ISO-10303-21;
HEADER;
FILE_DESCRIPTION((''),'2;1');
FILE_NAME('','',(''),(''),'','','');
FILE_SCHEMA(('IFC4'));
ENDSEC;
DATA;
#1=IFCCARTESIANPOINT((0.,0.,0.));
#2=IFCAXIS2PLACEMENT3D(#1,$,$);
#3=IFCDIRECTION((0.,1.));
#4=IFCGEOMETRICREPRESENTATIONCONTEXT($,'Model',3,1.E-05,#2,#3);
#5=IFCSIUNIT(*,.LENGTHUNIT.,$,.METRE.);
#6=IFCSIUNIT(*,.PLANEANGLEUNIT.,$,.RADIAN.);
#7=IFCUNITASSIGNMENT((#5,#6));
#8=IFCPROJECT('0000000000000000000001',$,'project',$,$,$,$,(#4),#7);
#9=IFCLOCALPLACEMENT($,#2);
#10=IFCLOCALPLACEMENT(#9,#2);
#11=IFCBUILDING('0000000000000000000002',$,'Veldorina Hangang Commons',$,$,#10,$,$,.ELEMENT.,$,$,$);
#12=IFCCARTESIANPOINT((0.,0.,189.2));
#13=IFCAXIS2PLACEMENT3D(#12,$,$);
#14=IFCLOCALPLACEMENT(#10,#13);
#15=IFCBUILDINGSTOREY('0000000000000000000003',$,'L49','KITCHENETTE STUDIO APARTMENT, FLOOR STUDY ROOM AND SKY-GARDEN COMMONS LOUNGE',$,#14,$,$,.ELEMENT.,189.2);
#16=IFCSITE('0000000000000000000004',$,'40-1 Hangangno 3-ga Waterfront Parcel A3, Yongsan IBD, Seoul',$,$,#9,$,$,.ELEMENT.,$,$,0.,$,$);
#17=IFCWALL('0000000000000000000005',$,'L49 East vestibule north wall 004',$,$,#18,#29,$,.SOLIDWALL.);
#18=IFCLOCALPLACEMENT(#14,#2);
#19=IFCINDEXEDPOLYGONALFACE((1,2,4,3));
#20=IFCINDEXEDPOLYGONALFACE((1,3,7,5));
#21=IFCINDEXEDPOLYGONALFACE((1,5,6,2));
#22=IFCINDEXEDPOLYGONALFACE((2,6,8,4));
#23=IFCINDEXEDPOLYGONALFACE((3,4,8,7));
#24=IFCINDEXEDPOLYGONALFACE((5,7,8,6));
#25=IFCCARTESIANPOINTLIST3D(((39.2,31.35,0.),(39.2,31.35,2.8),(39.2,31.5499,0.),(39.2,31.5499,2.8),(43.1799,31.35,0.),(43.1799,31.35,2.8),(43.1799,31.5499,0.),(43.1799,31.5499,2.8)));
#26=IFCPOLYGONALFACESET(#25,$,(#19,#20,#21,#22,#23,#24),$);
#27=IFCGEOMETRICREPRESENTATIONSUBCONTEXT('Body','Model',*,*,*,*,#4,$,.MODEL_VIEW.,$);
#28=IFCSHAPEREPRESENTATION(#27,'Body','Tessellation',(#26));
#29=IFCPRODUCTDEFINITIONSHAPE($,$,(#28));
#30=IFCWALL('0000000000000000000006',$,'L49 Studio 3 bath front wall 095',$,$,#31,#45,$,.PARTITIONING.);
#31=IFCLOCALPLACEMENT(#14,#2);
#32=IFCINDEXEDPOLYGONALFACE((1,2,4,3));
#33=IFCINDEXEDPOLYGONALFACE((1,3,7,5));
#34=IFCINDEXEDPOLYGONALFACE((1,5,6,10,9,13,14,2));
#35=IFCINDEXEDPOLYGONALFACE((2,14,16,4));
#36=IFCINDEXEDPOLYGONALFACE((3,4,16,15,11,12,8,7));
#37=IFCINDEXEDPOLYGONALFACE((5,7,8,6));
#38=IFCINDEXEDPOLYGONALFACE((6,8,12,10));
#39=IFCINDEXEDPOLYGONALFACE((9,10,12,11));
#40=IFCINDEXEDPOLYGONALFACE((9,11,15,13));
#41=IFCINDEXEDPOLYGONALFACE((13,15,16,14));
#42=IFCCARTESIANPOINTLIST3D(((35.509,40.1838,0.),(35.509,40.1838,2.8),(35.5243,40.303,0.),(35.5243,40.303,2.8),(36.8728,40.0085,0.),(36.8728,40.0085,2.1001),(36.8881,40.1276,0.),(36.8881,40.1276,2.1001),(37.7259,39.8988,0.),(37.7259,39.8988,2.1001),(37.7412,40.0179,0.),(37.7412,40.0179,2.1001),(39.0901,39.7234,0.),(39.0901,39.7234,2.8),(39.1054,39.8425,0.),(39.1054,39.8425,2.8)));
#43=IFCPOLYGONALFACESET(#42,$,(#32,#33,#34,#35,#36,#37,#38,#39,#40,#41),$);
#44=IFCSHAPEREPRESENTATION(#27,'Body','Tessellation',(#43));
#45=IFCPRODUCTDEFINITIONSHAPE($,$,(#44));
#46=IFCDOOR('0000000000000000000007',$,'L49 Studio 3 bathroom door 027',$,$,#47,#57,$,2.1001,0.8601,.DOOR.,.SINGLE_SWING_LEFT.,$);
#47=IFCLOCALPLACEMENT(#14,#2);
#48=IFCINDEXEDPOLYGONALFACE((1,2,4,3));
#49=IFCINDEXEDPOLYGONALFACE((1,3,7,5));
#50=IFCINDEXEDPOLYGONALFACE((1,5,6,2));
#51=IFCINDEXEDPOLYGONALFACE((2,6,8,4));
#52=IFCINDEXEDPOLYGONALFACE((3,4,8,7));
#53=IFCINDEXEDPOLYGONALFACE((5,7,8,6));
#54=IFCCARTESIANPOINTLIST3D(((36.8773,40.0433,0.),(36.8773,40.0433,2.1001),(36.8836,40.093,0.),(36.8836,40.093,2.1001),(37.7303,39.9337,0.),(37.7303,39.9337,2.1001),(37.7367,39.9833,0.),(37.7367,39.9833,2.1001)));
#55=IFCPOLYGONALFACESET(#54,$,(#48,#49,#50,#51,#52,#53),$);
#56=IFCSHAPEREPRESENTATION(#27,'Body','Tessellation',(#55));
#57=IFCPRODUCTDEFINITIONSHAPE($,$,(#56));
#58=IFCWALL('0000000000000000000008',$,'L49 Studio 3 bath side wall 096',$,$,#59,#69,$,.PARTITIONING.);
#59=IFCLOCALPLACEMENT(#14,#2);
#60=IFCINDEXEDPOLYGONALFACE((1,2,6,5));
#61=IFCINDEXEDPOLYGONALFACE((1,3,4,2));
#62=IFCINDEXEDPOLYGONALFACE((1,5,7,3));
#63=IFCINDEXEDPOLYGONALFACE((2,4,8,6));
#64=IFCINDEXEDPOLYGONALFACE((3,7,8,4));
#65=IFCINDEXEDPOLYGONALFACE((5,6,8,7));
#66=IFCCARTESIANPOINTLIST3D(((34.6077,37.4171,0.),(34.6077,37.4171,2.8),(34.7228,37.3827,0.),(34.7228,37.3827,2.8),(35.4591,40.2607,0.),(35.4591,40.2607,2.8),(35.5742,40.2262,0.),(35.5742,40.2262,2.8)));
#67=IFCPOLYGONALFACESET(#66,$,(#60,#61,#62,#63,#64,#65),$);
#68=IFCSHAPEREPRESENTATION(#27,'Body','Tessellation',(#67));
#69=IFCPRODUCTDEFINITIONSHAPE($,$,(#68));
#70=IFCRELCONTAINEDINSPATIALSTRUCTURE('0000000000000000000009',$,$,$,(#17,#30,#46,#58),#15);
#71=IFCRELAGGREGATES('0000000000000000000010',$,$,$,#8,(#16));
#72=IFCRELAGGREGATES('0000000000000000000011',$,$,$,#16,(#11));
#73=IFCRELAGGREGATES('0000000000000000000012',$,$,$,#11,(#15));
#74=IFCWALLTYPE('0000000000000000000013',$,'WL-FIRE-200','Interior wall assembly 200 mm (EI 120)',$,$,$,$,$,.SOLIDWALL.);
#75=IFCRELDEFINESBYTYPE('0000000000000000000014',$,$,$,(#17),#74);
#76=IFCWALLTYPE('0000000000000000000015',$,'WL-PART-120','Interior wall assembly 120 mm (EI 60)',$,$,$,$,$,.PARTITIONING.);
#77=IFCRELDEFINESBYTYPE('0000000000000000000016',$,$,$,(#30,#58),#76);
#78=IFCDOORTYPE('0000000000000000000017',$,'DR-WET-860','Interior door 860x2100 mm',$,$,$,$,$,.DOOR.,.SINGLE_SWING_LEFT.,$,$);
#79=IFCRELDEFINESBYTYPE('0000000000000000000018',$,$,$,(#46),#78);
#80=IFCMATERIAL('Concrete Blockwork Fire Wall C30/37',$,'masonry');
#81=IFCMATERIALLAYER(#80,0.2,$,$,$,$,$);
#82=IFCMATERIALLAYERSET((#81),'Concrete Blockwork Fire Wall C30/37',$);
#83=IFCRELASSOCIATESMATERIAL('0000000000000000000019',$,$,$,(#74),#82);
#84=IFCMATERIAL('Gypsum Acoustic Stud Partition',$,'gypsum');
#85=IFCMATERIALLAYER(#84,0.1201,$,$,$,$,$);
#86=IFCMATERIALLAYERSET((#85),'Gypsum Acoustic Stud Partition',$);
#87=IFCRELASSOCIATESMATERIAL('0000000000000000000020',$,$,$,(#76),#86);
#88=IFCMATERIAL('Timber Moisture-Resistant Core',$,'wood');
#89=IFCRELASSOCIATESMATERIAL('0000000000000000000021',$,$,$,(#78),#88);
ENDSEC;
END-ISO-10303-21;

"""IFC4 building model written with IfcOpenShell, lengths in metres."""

from ifc_helpers import new_model, si_unit, direction, frame, frame_2d, origin, place, context, subcontext, project, spatial, rectangle, extrude, material, layer, layer_set, type_object, element, fill, save


model = new_model("IFC4")

# Units and contexts
model_context = context("Model", 3, precision=1e-05, world=origin(), true_north=direction((0.0, 1.0)))
body_context = subcontext(model_context, "Body", "Model", "MODEL_VIEW")
ifc_project = project(units=[si_unit("LENGTHUNIT", "METRE"), si_unit("PLANEANGLEUNIT", "RADIAN")], contexts=[model_context])

# Site, building, storey
site_placement = place(None, origin())
site = spatial("IfcSite", under=ifc_project, at=site_placement, Name="40-1 Hangangno 3-ga Waterfront Parcel A3, Yongsan IBD, Seoul", CompositionType="ELEMENT", RefElevation=0.0)
building_placement = place(site_placement, origin())
building = spatial("IfcBuilding", under=site, at=building_placement, Name="Veldorina Hangang Commons", CompositionType="ELEMENT")
storey_placement = place(building_placement, frame((0.0, 0.0, 189.2)))
storey = spatial("IfcBuildingStorey", under=building, at=storey_placement, Name="L49", Description="KITCHENETTE STUDIO APARTMENT, FLOOR STUDY ROOM AND SKY-GARDEN COMMONS LOUNGE", CompositionType="ELEMENT", Elevation=189.2)

# Wall
ifc_material_1 = material(Name="Concrete Blockwork Fire Wall C30/37", Category="masonry")
ifc_layer_1 = layer(ifc_material_1, 0.2)
ifc_layer_set_1 = layer_set([ifc_layer_1], Name="Concrete Blockwork Fire Wall C30/37")
wall_type_1 = type_object("IfcWallType", Name="WL-FIRE-200", Description="Interior wall assembly 200 mm (EI 120)", PredefinedType="SOLIDWALL", material=ifc_layer_set_1)
wall_1_placement = place(storey_placement, frame((39.2, 31.45, 0.0), z_axis=(0.0, 0.0, 1.0), x_axis=(1.0, 0.0, 0.0)))
element("IfcWall", 1, at=wall_1_placement, inside=storey, type_object=wall_type_1, Name="L49 East vestibule north wall 004", PredefinedType="SOLIDWALL", context=body_context, shape_type="SweptSolid", body=[
    extrude(rectangle(XDim=3.98, YDim=0.2, at=frame_2d((1.99, 0.0))), origin(), (0.0, 0.0, 1.0), 2.8),
])

# Wall, opening, door
ifc_material_2 = material(Name="Gypsum Acoustic Stud Partition", Category="gypsum")
ifc_layer_2 = layer(ifc_material_2, 0.1201)
ifc_layer_set_2 = layer_set([ifc_layer_2], Name="Gypsum Acoustic Stud Partition")
wall_type_2 = type_object("IfcWallType", Name="WL-PART-120", Description="Interior wall assembly 120 mm (EI 60)", PredefinedType="PARTITIONING", material=ifc_layer_set_2)
wall_2_placement = place(storey_placement, frame((39.0977, 39.783, 0.0), z_axis=(0.0, 0.0, 1.0), x_axis=(-0.991835, 0.127529, 0.0)))
wall_2 = element("IfcWall", 2, at=wall_2_placement, inside=storey, type_object=wall_type_2, Name="L49 Studio 3 bath front wall 095", PredefinedType="PARTITIONING", context=body_context, shape_type="SweptSolid", body=[
    extrude(rectangle(XDim=3.6106, YDim=0.1201, at=frame_2d((1.8052, 0.0))), origin(), (0.0, 0.0, 1.0), 2.8),
])
opening_1_placement = place(wall_2_placement, frame((1.3752, 0.0, 0.0)))
opening_1 = element("IfcOpeningElement", 3, at=opening_1_placement, cuts=wall_2, PredefinedType="OPENING", context=body_context, shape_type="SweptSolid", body=[
    extrude(rectangle(XDim=0.8601, YDim=2.1001, at=frame_2d((0.4302, 1.05))), frame((0.0, 0.0701, 0.0), z_axis=(0.0, -1.0, 0.0), x_axis=(1.0, 0.0, 0.0)), (0.0, 0.0, 1.0), 0.1401),
])
ifc_material_3 = material(Name="Timber Moisture-Resistant Core", Category="wood")
door_type_1 = type_object("IfcDoorType", Name="DR-WET-860", Description="Interior door 860x2100 mm", OperationType="SINGLE_SWING_LEFT", PredefinedType="DOOR", material=ifc_material_3)
door_1_placement = place(opening_1_placement, origin())
door_1 = element("IfcDoor", 4, at=door_1_placement, inside=storey, type_object=door_type_1, Name="L49 Studio 3 bathroom door 027", OperationType="SINGLE_SWING_LEFT", OverallHeight=2.1001, OverallWidth=0.8601, PredefinedType="DOOR", context=body_context, shape_type="SweptSolid", body=[
    extrude(rectangle(XDim=0.8601, YDim=2.1001, at=frame_2d((0.4302, 1.05))), frame((0.0, 0.0249, 0.0), z_axis=(0.0, -1.0, 0.0), x_axis=(1.0, 0.0, 0.0)), (0.0, 0.0, 1.0), 0.05),
])
fill(opening_1, door_1)

# Wall
wall_3_placement = place(storey_placement, frame((34.6653, 37.3999, 0.0), z_axis=(0.0, 0.0, 1.0), x_axis=(0.286812, 0.957987, 0.0)))
element("IfcWall", 5, at=wall_3_placement, inside=storey, type_object=wall_type_2, Name="L49 Studio 3 bath side wall 096", PredefinedType="PARTITIONING", context=body_context, shape_type="SweptSolid", body=[
    extrude(rectangle(XDim=2.9683, YDim=0.1201, at=frame_2d((1.4841, 0.0))), origin(), (0.0, 0.0, 1.0), 2.8),
])

save(model, "model.ifc")
